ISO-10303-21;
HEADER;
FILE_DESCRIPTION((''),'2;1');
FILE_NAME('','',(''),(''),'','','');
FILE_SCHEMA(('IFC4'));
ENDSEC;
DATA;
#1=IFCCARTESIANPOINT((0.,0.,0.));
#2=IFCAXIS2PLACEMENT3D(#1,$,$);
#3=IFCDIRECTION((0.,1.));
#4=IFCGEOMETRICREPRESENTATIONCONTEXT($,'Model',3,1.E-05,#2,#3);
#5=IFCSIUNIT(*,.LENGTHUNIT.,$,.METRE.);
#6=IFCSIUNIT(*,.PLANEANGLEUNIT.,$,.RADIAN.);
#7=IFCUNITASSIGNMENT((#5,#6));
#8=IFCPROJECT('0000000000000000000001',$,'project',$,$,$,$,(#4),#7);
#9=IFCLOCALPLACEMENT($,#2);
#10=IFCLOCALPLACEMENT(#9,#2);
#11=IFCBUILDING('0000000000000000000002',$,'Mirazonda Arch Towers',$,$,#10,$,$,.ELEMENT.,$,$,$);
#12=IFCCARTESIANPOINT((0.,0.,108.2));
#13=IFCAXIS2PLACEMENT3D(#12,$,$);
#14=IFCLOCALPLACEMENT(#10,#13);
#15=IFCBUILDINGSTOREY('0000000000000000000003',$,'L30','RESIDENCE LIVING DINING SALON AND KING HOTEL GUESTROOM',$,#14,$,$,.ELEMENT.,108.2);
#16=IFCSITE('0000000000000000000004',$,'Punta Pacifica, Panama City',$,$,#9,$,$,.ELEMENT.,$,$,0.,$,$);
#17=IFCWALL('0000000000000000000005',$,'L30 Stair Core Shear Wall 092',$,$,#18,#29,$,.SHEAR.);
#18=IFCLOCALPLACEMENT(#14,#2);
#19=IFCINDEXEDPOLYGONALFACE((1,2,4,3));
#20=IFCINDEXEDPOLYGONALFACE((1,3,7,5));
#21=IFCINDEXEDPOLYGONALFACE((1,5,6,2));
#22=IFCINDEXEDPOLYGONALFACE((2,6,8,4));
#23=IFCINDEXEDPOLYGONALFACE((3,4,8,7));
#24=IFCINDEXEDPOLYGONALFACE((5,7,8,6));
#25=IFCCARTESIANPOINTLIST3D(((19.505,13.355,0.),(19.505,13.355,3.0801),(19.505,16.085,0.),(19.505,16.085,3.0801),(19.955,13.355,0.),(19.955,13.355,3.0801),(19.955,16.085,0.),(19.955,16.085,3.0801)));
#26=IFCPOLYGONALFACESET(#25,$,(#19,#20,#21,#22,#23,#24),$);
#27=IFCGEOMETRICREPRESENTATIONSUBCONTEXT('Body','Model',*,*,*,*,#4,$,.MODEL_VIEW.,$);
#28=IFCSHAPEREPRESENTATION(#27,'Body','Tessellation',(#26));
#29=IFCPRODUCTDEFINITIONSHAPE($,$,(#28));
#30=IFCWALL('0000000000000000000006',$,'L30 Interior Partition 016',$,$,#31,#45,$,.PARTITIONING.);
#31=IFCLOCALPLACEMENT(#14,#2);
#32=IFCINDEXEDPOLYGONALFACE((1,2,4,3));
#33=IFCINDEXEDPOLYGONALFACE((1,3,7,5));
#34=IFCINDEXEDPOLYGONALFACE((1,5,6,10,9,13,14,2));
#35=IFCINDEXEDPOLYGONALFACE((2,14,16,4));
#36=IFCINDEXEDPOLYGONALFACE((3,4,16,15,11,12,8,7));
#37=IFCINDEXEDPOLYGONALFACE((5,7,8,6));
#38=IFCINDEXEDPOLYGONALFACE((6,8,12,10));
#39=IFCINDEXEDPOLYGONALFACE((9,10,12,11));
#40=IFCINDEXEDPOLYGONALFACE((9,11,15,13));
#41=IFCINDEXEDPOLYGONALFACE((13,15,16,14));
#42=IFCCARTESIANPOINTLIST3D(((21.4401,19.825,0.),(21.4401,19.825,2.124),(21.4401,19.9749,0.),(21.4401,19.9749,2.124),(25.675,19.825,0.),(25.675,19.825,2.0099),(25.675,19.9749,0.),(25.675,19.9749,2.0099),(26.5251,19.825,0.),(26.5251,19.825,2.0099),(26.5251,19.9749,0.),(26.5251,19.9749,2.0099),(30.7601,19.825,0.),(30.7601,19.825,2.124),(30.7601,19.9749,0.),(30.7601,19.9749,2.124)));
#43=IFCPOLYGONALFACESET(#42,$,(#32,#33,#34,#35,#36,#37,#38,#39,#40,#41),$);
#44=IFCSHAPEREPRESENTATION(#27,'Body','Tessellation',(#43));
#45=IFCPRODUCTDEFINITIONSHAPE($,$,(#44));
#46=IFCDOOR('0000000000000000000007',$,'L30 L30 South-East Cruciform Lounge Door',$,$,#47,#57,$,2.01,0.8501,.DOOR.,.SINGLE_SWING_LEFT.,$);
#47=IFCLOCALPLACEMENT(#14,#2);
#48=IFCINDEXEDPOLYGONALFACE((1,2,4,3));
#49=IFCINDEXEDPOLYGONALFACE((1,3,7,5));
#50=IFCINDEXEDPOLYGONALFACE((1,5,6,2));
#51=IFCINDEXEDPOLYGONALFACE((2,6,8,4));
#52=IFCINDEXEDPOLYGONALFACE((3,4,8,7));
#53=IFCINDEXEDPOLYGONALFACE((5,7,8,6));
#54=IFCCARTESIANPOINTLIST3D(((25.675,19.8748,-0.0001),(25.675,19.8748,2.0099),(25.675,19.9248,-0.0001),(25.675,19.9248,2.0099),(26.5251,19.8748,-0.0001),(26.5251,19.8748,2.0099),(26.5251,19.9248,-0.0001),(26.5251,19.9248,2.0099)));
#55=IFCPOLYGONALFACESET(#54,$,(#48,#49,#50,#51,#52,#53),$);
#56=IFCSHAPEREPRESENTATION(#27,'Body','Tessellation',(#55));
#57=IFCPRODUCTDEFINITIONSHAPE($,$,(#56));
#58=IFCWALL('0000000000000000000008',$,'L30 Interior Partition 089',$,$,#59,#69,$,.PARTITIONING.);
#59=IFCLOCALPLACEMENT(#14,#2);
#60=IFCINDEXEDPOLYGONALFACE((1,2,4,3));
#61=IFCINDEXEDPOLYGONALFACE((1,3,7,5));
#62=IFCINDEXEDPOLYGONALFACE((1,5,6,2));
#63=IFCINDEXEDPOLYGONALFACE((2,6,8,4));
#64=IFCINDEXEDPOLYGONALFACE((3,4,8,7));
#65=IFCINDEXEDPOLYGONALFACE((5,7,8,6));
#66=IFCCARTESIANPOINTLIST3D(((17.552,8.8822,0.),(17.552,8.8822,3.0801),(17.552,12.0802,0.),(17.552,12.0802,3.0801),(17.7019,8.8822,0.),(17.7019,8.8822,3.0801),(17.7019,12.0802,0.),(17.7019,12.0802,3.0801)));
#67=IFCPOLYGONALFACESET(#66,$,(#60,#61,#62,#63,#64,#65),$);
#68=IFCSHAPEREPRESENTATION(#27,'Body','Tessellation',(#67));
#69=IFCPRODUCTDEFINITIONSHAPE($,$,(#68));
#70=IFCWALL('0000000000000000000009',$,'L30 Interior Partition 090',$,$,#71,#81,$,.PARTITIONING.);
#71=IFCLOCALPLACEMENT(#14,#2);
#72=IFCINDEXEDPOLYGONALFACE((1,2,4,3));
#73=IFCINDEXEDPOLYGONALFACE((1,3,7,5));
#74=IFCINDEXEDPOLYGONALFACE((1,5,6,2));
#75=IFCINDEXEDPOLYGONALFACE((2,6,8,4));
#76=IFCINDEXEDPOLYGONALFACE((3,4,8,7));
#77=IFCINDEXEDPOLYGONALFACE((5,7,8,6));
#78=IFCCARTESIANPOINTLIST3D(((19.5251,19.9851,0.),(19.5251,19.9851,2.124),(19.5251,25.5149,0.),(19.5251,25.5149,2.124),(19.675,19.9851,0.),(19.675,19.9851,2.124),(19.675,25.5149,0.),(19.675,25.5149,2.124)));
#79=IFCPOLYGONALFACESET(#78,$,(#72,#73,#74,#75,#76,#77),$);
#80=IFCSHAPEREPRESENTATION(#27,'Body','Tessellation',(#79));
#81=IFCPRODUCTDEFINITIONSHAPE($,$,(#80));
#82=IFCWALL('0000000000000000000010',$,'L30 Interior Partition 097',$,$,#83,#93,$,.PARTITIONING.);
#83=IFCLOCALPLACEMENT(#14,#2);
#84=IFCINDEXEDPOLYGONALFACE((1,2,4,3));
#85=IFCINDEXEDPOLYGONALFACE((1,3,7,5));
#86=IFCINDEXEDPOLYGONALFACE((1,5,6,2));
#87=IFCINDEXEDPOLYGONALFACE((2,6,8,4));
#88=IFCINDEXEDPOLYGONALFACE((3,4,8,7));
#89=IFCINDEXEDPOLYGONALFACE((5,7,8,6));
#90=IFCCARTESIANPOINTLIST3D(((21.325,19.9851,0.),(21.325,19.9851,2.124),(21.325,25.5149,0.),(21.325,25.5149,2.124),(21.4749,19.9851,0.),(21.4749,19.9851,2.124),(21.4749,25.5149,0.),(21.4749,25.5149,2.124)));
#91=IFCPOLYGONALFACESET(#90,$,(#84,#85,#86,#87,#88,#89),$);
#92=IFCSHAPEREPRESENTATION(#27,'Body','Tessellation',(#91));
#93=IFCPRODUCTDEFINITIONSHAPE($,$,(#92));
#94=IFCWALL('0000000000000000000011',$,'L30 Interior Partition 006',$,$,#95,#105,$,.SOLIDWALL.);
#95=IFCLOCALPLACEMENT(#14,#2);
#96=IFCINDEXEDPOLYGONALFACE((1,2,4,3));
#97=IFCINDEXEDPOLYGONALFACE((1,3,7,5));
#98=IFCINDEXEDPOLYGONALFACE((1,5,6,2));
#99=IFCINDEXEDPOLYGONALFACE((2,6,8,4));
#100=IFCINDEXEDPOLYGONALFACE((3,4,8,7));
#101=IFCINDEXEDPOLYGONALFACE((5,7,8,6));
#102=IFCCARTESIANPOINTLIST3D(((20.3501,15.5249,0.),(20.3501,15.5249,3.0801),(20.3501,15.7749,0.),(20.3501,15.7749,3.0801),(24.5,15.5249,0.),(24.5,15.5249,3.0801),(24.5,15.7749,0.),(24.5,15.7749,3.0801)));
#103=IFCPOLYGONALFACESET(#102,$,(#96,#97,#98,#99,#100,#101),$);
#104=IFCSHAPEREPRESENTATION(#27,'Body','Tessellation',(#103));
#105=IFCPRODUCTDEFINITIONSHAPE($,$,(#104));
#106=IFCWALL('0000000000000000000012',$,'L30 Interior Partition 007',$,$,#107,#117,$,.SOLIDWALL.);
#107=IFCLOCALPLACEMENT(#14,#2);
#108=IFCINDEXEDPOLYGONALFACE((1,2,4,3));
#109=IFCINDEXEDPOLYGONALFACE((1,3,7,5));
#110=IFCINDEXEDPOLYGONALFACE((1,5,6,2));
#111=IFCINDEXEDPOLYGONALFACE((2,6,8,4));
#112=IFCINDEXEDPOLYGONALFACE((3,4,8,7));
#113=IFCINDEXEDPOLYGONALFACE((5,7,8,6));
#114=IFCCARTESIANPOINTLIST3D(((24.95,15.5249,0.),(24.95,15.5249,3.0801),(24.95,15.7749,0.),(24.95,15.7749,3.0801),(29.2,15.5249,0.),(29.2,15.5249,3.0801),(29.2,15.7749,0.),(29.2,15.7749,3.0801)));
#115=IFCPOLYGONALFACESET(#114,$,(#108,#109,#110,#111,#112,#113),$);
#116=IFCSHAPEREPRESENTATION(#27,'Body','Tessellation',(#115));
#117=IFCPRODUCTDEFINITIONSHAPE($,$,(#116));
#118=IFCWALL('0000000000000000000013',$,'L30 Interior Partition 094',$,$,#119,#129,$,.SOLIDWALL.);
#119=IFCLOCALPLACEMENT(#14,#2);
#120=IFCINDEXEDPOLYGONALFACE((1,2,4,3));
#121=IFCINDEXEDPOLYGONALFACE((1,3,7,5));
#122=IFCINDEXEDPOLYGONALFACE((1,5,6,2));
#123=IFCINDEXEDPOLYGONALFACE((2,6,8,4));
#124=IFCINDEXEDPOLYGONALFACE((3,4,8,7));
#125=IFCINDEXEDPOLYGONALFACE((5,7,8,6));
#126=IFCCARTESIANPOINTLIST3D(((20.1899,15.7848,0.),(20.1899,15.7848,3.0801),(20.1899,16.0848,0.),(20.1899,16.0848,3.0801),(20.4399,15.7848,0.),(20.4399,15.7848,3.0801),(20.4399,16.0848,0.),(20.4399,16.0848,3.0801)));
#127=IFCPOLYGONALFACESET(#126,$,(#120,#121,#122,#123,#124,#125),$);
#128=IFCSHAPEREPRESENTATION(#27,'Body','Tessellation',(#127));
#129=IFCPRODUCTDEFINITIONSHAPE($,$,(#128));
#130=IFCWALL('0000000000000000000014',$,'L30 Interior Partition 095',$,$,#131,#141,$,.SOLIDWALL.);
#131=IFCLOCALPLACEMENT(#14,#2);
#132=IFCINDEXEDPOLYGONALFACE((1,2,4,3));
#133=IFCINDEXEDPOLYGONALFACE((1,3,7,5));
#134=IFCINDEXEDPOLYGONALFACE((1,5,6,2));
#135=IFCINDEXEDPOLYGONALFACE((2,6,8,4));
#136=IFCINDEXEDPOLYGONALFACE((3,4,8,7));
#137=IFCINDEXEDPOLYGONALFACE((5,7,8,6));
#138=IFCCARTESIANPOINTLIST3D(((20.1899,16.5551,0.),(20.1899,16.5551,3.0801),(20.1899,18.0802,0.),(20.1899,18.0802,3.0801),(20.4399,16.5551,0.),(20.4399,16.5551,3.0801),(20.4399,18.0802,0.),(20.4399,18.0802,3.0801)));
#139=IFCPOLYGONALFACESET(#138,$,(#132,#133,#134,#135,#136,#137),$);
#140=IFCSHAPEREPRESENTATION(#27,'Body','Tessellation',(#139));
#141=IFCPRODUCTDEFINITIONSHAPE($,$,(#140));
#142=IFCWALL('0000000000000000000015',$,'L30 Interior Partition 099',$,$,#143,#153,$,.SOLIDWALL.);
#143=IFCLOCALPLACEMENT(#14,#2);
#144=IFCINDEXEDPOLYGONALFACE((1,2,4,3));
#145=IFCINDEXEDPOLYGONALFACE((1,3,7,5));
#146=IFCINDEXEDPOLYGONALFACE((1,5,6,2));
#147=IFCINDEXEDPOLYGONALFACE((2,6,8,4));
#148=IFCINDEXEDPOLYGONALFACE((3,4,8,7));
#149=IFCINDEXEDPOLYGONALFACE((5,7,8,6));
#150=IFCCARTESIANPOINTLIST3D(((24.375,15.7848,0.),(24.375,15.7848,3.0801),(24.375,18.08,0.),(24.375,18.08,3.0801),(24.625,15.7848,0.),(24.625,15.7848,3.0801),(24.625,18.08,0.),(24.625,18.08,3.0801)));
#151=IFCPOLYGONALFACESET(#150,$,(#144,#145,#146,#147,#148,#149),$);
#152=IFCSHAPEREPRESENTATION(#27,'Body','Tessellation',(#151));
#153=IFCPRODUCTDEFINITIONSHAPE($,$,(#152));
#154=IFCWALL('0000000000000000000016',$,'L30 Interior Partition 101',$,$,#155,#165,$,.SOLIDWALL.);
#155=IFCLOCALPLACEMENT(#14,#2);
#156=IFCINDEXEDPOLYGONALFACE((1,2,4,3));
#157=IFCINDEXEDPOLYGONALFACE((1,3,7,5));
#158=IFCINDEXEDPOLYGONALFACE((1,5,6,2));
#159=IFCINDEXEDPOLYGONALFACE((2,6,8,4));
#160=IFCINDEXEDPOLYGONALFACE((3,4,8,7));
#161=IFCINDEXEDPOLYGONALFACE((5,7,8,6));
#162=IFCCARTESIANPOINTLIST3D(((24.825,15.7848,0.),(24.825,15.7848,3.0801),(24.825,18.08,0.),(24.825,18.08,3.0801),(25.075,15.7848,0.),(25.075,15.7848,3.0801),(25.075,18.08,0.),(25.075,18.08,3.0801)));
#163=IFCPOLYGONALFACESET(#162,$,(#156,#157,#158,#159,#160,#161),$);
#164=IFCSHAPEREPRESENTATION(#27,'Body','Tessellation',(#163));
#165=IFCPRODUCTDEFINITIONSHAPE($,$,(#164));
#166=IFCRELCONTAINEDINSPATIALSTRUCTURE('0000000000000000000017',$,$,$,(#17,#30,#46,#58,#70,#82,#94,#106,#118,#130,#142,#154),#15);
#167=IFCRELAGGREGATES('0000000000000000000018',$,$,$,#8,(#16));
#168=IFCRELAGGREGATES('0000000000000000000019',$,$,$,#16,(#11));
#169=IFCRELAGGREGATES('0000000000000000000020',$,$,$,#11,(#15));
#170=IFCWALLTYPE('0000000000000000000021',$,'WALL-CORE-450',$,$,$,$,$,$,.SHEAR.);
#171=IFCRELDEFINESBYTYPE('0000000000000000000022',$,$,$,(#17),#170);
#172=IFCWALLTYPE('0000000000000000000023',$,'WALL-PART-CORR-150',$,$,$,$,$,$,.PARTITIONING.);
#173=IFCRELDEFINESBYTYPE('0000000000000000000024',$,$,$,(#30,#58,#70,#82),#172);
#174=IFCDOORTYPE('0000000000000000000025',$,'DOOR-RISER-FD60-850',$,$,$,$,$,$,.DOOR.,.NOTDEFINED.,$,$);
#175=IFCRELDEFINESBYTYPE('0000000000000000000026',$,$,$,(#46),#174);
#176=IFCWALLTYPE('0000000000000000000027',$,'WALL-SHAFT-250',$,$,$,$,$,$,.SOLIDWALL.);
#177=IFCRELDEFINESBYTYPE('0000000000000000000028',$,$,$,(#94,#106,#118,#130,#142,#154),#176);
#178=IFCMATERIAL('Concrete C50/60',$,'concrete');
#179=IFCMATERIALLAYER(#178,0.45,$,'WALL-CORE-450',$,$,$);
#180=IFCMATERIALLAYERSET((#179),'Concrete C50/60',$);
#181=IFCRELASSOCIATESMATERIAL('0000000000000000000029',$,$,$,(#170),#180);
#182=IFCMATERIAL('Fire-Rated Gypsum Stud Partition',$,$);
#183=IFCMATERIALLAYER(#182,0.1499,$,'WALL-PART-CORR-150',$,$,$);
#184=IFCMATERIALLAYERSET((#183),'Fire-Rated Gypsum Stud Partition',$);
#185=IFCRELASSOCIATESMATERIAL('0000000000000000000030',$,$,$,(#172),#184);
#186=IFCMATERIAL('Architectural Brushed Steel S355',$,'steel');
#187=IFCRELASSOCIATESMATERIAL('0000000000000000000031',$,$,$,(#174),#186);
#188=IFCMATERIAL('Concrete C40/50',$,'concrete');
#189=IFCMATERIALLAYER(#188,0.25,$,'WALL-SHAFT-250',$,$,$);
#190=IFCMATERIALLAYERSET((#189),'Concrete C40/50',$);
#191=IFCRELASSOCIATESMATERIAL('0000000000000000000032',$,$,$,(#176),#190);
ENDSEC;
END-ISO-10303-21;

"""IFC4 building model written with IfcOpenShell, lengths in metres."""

from ifc_helpers import new_model, si_unit, direction, frame, frame_2d, origin, place, context, subcontext, project, spatial, rectangle, extrude, material, layer, layer_set, type_object, element, fill, save


model = new_model("IFC4")

# Units and contexts
model_context = context("Model", 3, precision=1e-05, world=origin(), true_north=direction((0.0, 1.0)))
body_context = subcontext(model_context, "Body", "Model", "MODEL_VIEW")
ifc_project = project(units=[si_unit("LENGTHUNIT", "METRE"), si_unit("PLANEANGLEUNIT", "RADIAN")], contexts=[model_context])

# Site, building, storey
site_placement = place(None, origin())
site = spatial("IfcSite", under=ifc_project, at=site_placement, Name="Punta Pacifica, Panama City", CompositionType="ELEMENT", RefElevation=0.0)
building_placement = place(site_placement, origin())
building = spatial("IfcBuilding", under=site, at=building_placement, Name="Mirazonda Arch Towers", CompositionType="ELEMENT")
storey_placement = place(building_placement, frame((0.0, 0.0, 108.2)))
storey = spatial("IfcBuildingStorey", under=building, at=storey_placement, Name="L30", Description="RESIDENCE LIVING DINING SALON AND KING HOTEL GUESTROOM", CompositionType="ELEMENT", Elevation=108.2)

# Shared definitions
ifc_material_1 = material(Name="Concrete C50/60", Category="concrete")

# Wall
ifc_layer_1 = layer(ifc_material_1, 0.45, Name="WALL-CORE-450")
ifc_layer_set_1 = layer_set([ifc_layer_1], Name="Concrete C50/60")
wall_type_1 = type_object("IfcWallType", Name="WALL-CORE-450", PredefinedType="SHEAR", material=ifc_layer_set_1)
wall_1_placement = place(storey_placement, frame((19.73, 13.355, 0.0), z_axis=(0.0, 0.0, 1.0), x_axis=(0.0, 1.0, 0.0)))
element("IfcWall", 1, at=wall_1_placement, inside=storey, type_object=wall_type_1, Name="L30 Stair Core Shear Wall 092", PredefinedType="SHEAR", context=body_context, shape_type="SweptSolid", body=[
    extrude(rectangle(XDim=2.73, YDim=0.45, at=frame_2d((1.365, 0.0))), origin(), (0.0, 0.0, 1.0), 3.0801),
])

# Wall, opening, door
ifc_material_2 = material(Name="Fire-Rated Gypsum Stud Partition")
ifc_layer_2 = layer(ifc_material_2, 0.1499, Name="WALL-PART-CORR-150")
ifc_layer_set_2 = layer_set([ifc_layer_2], Name="Fire-Rated Gypsum Stud Partition")
wall_type_2 = type_object("IfcWallType", Name="WALL-PART-CORR-150", PredefinedType="PARTITIONING", material=ifc_layer_set_2)
wall_2_placement = place(storey_placement, frame((21.4399, 19.8999, 0.0), z_axis=(0.0, 0.0, 1.0), x_axis=(1.0, 0.0, 0.0)))
wall_2 = element("IfcWall", 2, at=wall_2_placement, inside=storey, type_object=wall_type_2, Name="L30 Interior Partition 016", PredefinedType="PARTITIONING", context=body_context, shape_type="SweptSolid", body=[
    extrude(rectangle(XDim=9.3201, YDim=0.1499, at=frame_2d((4.6602, 0.0))), origin(), (0.0, 0.0, 1.0), 2.124),
])
opening_placement = place(wall_2_placement, frame((4.2351, 0.0, 0.0)))
opening = element("IfcOpeningElement", 3, at=opening_placement, cuts=wall_2, PredefinedType="OPENING", context=body_context, shape_type="SweptSolid", body=[
    extrude(rectangle(XDim=0.8501, YDim=2.01, at=frame_2d((0.425, 1.0049))), frame((0.0, 0.085, 0.0), z_axis=(0.0, -1.0, 0.0), x_axis=(1.0, 0.0, 0.0)), (0.0, 0.0, 1.0), 0.1699),
])
ifc_material_3 = material(Name="Architectural Brushed Steel S355", Category="steel")
door_type = type_object("IfcDoorType", Name="DOOR-RISER-FD60-850", OperationType="NOTDEFINED", PredefinedType="DOOR", material=ifc_material_3)
door_placement = place(opening_placement, origin())
door = element("IfcDoor", 4, at=door_placement, inside=storey, type_object=door_type, Name="L30 L30 South-East Cruciform Lounge Door", OperationType="SINGLE_SWING_LEFT", OverallHeight=2.01, OverallWidth=0.8501, PredefinedType="DOOR", context=body_context, shape_type="SweptSolid", body=[
    extrude(rectangle(XDim=0.8501, YDim=2.01, at=frame_2d((0.425, 1.0049))), frame((0.0, 0.0249, 0.0), z_axis=(0.0, -1.0, 0.0), x_axis=(1.0, 0.0, 0.0)), (0.0, 0.0, 1.0), 0.05),
])
fill(opening, door)

# Walls
wall_3_placement = place(storey_placement, frame((17.627, 8.8821, 0.0), z_axis=(0.0, 0.0, 1.0), x_axis=(0.0, 1.0, 0.0)))
element("IfcWall", 5, at=wall_3_placement, inside=storey, type_object=wall_type_2, Name="L30 Interior Partition 089", PredefinedType="PARTITIONING", context=body_context, shape_type="SweptSolid", body=[
    extrude(rectangle(XDim=3.198, YDim=0.1499, at=frame_2d((1.5991, 0.0))), origin(), (0.0, 0.0, 1.0), 3.0801),
])
for number, where, z_axis, x_axis, name in (
    (6, (19.6001, 19.9851, 0.0), (0.0, 0.0, 1.0), (0.0, 1.0, 0.0), "L30 Interior Partition 090"),
    (7, (21.3999, 19.9851, 0.0), (0.0, 0.0, 1.0), (0.0, 1.0, 0.0), "L30 Interior Partition 097"),
):
    element("IfcWall", number, at=place(storey_placement, frame(where, z_axis=z_axis, x_axis=x_axis)), inside=storey, type_object=wall_type_2, Name=name, PredefinedType="PARTITIONING", context=body_context, shape_type="SweptSolid", body=[
        extrude(rectangle(XDim=5.5298, YDim=0.1499, at=frame_2d((2.7649, 0.0))), origin(), (0.0, 0.0, 1.0), 2.124),
    ])
ifc_material_4 = material(Name="Concrete C40/50", Category="concrete")
ifc_layer_3 = layer(ifc_material_4, 0.25, Name="WALL-SHAFT-250")
ifc_layer_set_3 = layer_set([ifc_layer_3], Name="Concrete C40/50")
wall_type_3 = type_object("IfcWallType", Name="WALL-SHAFT-250", PredefinedType="SOLIDWALL", material=ifc_layer_set_3)
wall_4_placement = place(storey_placement, frame((20.3501, 15.6499, 0.0), z_axis=(0.0, 0.0, 1.0), x_axis=(1.0, 0.0, 0.0)))
element("IfcWall", 8, at=wall_4_placement, inside=storey, type_object=wall_type_3, Name="L30 Interior Partition 006", PredefinedType="SOLIDWALL", context=body_context, shape_type="SweptSolid", body=[
    extrude(rectangle(XDim=4.1499, YDim=0.25, at=frame_2d((2.075, 0.0))), origin(), (0.0, 0.0, 1.0), 3.0801),
])
wall_5_placement = place(storey_placement, frame((24.95, 15.6499, 0.0), z_axis=(0.0, 0.0, 1.0), x_axis=(1.0, 0.0, 0.0)))
element("IfcWall", 9, at=wall_5_placement, inside=storey, type_object=wall_type_3, Name="L30 Interior Partition 007", PredefinedType="SOLIDWALL", context=body_context, shape_type="SweptSolid", body=[
    extrude(rectangle(XDim=4.25, YDim=0.25, at=frame_2d((2.125, 0.0))), origin(), (0.0, 0.0, 1.0), 3.0801),
])
wall_6_placement = place(storey_placement, frame((20.3149, 15.7849, 0.0), z_axis=(0.0, 0.0, 1.0), x_axis=(0.0, 1.0, 0.0)))
element("IfcWall", 10, at=wall_6_placement, inside=storey, type_object=wall_type_3, Name="L30 Interior Partition 094", PredefinedType="SOLIDWALL", context=body_context, shape_type="SweptSolid", body=[
    extrude(rectangle(XDim=0.3, YDim=0.25, at=frame_2d((0.1499, 0.0))), origin(), (0.0, 0.0, 1.0), 3.0801),
])
wall_7_placement = place(storey_placement, frame((20.3149, 16.5549, 0.0), z_axis=(0.0, 0.0, 1.0), x_axis=(0.0, 1.0, 0.0)))
element("IfcWall", 11, at=wall_7_placement, inside=storey, type_object=wall_type_3, Name="L30 Interior Partition 095", PredefinedType="SOLIDWALL", context=body_context, shape_type="SweptSolid", body=[
    extrude(rectangle(XDim=1.5251, YDim=0.25, at=frame_2d((0.7627, 0.0))), origin(), (0.0, 0.0, 1.0), 3.0801),
])
for number, where, z_axis, x_axis, name in (
    (12, (24.5, 15.7849, 0.0), (0.0, 0.0, 1.0), (0.0, 1.0, 0.0), "L30 Interior Partition 099"),
    (13, (24.95, 15.7849, 0.0), (0.0, 0.0, 1.0), (0.0, 1.0, 0.0), "L30 Interior Partition 101"),
):
    element("IfcWall", number, at=place(storey_placement, frame(where, z_axis=z_axis, x_axis=x_axis)), inside=storey, type_object=wall_type_3, Name=name, PredefinedType="SOLIDWALL", context=body_context, shape_type="SweptSolid", body=[
        extrude(rectangle(XDim=2.2952, YDim=0.25, at=frame_2d((1.1475, 0.0))), origin(), (0.0, 0.0, 1.0), 3.0801),
    ])

save(model, "model.ifc")
